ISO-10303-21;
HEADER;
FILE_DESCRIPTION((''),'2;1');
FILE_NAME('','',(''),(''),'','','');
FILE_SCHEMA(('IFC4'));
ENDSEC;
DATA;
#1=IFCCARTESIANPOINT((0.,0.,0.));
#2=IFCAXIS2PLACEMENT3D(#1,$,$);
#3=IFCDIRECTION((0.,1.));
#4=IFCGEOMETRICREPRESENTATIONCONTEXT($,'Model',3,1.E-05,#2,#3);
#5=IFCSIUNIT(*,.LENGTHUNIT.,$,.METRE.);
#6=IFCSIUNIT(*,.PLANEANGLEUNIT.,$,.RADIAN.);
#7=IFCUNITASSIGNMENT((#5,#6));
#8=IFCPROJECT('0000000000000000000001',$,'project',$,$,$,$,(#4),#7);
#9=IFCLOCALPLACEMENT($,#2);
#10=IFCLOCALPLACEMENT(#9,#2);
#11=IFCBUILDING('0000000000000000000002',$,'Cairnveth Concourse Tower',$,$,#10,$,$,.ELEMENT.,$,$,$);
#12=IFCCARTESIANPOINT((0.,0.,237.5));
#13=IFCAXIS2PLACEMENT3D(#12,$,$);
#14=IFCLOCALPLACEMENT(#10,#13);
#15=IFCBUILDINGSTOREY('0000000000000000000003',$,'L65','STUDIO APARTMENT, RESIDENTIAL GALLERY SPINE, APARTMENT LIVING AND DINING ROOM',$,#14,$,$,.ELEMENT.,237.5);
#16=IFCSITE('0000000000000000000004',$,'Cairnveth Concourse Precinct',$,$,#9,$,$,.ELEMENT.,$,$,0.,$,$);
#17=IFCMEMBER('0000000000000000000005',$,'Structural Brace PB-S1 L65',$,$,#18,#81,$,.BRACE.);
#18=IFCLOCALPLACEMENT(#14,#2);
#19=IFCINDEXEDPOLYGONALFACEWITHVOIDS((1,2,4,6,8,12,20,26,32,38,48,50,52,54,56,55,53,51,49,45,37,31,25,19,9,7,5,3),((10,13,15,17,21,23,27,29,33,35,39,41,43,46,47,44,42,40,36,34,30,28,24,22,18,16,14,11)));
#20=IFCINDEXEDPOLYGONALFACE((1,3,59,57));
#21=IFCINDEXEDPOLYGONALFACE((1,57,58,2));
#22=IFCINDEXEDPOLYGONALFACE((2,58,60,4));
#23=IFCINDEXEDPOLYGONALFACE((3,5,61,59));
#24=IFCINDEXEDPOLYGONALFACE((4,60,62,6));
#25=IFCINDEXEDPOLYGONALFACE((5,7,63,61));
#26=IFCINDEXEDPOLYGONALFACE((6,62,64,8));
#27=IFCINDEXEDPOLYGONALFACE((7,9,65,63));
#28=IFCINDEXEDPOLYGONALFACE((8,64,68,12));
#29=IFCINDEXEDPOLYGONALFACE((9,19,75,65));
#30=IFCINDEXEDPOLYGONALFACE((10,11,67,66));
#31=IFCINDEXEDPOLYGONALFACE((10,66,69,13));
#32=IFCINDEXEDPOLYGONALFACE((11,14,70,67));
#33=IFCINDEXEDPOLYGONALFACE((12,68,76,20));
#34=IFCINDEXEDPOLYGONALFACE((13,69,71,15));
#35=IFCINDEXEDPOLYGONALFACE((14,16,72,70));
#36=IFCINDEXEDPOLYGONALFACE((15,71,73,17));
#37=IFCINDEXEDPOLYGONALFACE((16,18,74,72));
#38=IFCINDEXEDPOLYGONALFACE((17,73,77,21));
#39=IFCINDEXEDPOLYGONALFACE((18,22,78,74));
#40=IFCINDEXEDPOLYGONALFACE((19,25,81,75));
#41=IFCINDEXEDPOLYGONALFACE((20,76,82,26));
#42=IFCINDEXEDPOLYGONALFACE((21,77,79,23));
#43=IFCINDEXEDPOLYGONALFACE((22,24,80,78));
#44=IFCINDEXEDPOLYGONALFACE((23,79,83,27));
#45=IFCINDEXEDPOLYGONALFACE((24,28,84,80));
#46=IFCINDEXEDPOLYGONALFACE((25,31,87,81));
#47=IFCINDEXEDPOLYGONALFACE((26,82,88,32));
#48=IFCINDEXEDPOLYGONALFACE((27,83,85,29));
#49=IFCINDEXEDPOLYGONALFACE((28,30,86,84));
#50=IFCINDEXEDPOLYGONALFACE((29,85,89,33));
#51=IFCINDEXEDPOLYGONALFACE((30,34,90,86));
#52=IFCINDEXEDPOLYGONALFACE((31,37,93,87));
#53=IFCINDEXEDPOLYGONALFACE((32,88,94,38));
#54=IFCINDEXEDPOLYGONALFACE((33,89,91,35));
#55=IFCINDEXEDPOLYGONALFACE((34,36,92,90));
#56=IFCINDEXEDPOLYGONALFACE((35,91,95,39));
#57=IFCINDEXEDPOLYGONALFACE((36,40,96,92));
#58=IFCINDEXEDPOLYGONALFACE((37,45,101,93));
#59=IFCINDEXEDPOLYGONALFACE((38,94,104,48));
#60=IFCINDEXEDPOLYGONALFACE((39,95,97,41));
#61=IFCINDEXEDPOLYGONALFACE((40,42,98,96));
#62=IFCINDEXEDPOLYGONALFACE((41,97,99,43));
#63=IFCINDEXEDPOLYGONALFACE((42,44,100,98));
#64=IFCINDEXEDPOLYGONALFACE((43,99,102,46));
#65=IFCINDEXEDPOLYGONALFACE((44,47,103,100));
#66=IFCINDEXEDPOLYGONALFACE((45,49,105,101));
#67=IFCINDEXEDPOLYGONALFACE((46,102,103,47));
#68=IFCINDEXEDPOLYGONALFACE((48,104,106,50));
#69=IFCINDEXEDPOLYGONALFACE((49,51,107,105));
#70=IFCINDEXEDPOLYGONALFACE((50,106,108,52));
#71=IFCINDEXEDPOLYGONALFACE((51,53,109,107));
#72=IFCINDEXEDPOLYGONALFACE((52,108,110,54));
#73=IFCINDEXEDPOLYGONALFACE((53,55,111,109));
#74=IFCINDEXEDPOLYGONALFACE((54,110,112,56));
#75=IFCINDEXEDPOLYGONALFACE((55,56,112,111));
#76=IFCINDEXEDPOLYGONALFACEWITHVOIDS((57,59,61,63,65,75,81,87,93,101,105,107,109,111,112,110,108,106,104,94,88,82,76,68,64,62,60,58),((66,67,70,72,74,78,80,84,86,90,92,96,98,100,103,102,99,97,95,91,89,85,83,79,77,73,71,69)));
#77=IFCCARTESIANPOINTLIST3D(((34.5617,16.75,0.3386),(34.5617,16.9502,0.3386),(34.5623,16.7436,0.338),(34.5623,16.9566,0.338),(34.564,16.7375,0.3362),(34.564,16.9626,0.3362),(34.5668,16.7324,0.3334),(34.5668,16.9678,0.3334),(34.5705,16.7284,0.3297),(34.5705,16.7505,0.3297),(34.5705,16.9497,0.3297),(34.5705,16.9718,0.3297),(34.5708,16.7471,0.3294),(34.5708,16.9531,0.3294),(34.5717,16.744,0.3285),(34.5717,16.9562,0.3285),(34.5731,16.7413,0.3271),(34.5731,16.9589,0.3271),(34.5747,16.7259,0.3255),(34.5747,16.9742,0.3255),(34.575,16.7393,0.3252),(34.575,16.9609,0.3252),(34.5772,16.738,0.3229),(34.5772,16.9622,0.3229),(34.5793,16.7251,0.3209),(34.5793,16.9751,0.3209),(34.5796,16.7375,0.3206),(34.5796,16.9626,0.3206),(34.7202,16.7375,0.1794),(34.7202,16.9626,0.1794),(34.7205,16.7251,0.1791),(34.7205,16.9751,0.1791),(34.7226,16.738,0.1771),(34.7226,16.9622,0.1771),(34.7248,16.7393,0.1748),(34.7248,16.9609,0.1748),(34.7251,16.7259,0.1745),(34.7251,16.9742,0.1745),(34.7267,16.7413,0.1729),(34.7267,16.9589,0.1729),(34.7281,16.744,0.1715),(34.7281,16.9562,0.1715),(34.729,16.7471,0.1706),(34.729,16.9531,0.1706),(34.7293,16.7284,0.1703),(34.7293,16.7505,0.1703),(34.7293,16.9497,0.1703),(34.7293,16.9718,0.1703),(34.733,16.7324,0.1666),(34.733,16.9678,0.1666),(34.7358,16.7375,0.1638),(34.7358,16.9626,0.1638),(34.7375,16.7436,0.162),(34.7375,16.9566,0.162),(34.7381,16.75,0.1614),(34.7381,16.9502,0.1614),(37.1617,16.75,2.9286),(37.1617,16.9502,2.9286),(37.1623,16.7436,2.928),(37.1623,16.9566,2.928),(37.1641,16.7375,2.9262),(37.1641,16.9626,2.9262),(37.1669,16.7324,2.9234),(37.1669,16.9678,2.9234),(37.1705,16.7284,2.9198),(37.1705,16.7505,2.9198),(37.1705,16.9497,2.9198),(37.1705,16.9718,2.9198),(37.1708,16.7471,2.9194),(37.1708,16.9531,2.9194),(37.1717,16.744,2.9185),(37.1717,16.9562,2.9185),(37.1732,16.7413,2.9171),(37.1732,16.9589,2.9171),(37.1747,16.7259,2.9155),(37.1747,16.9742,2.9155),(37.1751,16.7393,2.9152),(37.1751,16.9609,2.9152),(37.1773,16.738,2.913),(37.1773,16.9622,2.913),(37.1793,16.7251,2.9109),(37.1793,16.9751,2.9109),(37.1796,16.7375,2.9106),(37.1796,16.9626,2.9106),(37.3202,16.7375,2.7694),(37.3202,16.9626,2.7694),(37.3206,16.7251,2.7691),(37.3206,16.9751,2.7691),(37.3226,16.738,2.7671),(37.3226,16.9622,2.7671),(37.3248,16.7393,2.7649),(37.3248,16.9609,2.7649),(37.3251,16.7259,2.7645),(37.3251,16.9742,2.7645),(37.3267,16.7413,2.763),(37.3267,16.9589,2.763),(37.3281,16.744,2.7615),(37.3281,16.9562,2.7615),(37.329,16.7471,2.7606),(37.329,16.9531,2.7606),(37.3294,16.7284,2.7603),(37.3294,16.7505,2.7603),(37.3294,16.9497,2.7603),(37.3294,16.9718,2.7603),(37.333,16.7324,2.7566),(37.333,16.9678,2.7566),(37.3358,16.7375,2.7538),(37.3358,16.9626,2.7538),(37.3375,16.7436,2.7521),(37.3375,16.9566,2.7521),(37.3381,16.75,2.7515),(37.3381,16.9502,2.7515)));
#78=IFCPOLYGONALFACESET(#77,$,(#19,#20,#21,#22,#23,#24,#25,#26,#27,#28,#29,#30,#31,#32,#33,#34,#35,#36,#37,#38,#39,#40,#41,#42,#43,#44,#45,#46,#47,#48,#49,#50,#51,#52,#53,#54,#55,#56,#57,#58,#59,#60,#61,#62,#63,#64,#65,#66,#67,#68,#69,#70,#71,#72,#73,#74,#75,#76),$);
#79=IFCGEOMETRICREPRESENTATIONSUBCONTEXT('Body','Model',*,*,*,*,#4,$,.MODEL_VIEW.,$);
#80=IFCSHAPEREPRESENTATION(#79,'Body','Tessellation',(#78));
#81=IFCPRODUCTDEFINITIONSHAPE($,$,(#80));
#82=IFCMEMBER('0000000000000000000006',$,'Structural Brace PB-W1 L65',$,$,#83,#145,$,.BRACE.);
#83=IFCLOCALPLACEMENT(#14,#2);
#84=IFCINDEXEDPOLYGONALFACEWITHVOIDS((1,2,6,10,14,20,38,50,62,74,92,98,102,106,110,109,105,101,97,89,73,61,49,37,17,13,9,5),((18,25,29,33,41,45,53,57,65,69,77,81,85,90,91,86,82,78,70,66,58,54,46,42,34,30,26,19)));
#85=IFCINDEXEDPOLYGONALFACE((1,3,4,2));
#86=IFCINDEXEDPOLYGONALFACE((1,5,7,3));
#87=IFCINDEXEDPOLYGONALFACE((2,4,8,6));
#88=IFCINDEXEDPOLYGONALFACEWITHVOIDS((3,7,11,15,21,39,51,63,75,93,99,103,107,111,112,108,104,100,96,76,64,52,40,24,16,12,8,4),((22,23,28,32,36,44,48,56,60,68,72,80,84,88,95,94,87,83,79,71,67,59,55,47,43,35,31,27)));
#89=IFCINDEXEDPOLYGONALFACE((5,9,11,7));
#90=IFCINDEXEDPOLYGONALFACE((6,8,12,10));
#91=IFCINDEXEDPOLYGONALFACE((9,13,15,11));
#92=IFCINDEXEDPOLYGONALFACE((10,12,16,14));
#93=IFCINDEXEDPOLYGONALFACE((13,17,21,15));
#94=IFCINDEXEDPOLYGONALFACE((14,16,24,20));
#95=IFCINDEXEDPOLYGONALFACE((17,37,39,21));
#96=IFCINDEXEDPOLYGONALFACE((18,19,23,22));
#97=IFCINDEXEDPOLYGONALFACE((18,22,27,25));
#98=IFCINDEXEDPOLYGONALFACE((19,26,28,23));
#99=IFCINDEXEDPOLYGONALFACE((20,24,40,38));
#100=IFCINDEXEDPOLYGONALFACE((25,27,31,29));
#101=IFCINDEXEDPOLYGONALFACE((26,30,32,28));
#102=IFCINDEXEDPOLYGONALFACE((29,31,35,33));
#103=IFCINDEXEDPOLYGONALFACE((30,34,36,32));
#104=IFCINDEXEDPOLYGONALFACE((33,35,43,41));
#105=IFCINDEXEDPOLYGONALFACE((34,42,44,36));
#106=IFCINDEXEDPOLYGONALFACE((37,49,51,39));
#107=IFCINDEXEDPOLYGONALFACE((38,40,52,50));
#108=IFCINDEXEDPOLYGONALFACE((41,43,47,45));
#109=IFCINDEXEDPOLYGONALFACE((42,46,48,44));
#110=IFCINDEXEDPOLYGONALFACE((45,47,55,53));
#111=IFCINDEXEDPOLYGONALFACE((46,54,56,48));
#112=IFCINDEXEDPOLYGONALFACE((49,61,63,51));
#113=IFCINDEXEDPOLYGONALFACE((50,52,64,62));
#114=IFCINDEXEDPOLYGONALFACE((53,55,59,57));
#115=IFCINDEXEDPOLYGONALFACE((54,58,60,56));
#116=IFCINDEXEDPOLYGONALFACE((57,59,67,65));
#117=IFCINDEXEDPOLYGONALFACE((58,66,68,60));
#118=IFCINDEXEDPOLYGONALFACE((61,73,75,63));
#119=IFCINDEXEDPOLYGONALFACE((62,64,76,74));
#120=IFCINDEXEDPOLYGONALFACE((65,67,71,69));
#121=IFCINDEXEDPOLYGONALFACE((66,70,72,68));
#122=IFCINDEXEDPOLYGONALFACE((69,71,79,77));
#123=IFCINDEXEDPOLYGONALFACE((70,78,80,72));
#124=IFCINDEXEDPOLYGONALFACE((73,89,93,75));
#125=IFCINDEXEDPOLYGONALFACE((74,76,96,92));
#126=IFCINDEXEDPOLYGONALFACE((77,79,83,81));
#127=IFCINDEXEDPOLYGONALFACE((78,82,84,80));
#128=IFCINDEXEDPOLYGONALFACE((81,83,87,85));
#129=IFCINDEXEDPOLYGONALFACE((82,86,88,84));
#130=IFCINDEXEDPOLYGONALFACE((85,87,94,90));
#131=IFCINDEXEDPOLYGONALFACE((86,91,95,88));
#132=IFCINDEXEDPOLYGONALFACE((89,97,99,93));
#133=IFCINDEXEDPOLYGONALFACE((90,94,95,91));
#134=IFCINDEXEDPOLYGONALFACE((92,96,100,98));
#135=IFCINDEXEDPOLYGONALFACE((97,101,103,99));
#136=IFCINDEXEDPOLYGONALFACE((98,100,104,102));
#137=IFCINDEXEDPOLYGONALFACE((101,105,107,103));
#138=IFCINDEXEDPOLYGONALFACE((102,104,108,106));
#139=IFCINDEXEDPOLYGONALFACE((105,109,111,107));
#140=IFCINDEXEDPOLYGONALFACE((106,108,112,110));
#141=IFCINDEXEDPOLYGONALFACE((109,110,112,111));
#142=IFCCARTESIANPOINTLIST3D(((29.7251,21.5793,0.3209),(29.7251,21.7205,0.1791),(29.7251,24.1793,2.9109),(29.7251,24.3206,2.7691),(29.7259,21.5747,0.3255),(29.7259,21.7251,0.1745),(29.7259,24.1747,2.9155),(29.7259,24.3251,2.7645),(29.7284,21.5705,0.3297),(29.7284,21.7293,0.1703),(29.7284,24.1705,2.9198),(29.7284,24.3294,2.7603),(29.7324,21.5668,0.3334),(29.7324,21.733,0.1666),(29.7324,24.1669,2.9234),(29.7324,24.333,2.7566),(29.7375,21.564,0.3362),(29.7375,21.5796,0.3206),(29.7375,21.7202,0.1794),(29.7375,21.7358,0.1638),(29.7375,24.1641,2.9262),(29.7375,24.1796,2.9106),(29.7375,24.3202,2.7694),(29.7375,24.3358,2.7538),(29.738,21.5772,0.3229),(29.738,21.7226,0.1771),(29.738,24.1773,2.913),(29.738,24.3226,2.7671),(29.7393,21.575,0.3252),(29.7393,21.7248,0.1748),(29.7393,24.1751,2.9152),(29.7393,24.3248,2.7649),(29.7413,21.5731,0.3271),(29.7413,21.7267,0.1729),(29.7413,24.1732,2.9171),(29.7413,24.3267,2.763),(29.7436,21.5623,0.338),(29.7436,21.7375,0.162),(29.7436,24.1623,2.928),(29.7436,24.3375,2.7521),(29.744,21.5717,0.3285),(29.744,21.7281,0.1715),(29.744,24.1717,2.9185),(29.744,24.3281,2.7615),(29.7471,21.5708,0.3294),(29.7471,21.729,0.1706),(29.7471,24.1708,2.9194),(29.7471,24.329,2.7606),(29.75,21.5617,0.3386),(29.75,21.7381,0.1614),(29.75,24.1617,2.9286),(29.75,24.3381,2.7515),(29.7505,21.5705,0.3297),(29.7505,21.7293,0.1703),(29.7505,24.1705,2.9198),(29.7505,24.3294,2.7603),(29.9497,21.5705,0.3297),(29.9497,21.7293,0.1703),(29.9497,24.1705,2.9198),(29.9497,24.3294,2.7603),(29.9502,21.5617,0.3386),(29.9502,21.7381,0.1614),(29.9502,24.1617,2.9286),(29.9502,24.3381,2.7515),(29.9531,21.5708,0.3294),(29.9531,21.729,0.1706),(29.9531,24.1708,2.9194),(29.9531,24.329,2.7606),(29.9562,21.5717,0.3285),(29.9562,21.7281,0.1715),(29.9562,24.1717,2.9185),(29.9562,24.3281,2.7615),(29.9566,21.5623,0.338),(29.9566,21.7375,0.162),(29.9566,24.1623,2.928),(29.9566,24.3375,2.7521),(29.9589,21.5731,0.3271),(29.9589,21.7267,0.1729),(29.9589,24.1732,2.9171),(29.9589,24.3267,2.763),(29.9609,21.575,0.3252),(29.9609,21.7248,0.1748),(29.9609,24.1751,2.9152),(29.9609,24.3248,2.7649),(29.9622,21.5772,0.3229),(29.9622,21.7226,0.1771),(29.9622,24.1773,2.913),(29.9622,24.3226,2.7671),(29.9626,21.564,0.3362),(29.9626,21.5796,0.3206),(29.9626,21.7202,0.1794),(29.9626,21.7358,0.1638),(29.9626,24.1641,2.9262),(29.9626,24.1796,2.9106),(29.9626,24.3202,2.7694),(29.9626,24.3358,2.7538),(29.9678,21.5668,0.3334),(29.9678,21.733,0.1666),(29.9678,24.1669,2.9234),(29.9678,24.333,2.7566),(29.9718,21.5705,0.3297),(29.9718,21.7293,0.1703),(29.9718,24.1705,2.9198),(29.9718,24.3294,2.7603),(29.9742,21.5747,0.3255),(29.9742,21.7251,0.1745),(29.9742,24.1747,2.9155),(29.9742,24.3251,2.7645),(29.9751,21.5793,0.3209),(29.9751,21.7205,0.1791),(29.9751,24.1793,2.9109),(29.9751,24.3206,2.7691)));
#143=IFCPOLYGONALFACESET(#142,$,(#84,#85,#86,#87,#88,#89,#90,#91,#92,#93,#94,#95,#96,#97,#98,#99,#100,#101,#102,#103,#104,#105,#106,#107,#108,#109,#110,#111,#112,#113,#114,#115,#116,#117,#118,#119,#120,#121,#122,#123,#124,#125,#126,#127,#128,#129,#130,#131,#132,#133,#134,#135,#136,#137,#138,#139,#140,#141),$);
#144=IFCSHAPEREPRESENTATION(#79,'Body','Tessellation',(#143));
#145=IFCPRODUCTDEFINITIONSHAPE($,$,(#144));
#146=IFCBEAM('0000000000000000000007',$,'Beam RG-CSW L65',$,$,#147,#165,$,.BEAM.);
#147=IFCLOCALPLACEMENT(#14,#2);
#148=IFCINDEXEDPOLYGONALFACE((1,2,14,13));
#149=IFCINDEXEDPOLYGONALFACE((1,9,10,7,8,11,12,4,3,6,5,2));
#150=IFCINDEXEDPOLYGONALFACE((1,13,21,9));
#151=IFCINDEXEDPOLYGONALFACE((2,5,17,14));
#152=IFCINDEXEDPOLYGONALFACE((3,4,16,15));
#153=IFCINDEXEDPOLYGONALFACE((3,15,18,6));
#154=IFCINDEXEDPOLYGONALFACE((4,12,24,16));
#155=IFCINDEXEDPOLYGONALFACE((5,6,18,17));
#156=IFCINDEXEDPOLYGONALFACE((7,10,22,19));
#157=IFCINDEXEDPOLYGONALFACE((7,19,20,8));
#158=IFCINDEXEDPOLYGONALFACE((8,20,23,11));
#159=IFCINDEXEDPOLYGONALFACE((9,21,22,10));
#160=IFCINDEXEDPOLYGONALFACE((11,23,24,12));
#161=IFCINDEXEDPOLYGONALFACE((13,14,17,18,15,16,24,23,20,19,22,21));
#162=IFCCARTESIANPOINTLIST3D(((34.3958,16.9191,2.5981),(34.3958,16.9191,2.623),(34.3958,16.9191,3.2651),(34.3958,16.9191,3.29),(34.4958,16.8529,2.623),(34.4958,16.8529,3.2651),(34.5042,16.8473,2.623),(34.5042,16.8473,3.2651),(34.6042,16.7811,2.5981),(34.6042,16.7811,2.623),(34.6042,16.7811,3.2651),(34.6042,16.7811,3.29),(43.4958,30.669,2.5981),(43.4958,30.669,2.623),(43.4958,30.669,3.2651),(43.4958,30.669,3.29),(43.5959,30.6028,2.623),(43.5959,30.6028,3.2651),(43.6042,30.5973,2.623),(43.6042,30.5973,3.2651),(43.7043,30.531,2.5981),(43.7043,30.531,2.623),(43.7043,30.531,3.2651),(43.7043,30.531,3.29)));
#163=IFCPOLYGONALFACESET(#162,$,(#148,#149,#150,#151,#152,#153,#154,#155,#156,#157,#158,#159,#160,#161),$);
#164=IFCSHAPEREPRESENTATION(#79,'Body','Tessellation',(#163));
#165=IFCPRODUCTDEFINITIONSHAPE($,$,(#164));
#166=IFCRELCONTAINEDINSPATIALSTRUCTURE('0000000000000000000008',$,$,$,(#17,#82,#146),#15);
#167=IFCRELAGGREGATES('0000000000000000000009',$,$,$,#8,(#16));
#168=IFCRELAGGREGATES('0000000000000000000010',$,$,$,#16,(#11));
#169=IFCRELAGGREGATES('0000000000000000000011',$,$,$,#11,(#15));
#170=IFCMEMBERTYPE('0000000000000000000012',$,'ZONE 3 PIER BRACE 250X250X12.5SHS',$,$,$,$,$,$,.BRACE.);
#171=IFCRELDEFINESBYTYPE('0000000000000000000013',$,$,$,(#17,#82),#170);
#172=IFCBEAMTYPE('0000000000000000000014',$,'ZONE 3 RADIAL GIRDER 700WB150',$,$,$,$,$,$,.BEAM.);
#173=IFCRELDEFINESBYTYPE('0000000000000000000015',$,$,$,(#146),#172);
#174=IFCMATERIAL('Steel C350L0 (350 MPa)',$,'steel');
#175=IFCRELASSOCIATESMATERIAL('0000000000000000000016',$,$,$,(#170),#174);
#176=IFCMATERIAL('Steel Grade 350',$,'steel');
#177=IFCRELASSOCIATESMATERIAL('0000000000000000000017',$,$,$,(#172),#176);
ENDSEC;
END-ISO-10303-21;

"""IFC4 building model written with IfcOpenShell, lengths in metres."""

from ifc_helpers import new_model, si_unit, direction, frame, origin, origin_2d, place, context, subcontext, project, spatial, hollow_rectangle, i_section, extrude, material, material_profile, profile_set, type_object, element, save


model = new_model("IFC4")

# Units and contexts
model_context = context("Model", 3, precision=1e-05, world=origin(), true_north=direction((0.0, 1.0)))
body_context = subcontext(model_context, "Body", "Model", "MODEL_VIEW")
ifc_project = project(units=[si_unit("LENGTHUNIT", "METRE"), si_unit("PLANEANGLEUNIT", "RADIAN")], contexts=[model_context])

# Site, building, storey
site_placement = place(None, origin())
site = spatial("IfcSite", under=ifc_project, at=site_placement, Name="Cairnveth Concourse Precinct", CompositionType="ELEMENT", RefElevation=0.0)
building_placement = place(site_placement, origin())
building = spatial("IfcBuilding", under=site, at=building_placement, Name="Cairnveth Concourse Tower", CompositionType="ELEMENT")
storey_placement = place(building_placement, frame((0.0, 0.0, 237.5)))
storey = spatial("IfcBuildingStorey", under=building, at=storey_placement, Name="L65", Description="STUDIO APARTMENT, RESIDENTIAL GALLERY SPINE, APARTMENT LIVING AND DINING ROOM", CompositionType="ELEMENT", Elevation=237.5)

# Shared definitions
ifc_material_1 = material(Name="Steel Grade 350", Category="steel")

# Members
ifc_material_2 = material(Name="Steel C350L0 (350 MPa)", Category="steel")
ifc_material_profile_1 = material_profile(ifc_material_2, hollow_rectangle(XDim=0.25, YDim=0.25, WallThickness=0.0125, InnerFilletRadius=0.0129, OuterFilletRadius=0.0249, at=origin_2d()), Name="250x250x12.5SHS")
ifc_profile_set_1 = profile_set([ifc_material_profile_1], Name="Steel C350L0 (350 MPa)")
member_type = type_object("IfcMemberType", Name="ZONE 3 PIER BRACE 250X250X12.5SHS", PredefinedType="BRACE", material=ifc_profile_set_1)
for number, where, z_axis, x_axis, name in (
    (1, (34.6499, 16.8501, 0.25), (0.708469, 0.0, 0.705742), (0.0, 1.0, 0.0), "Structural Brace PB-S1 L65"),
    (2, (29.8501, 21.6499, 0.25), (0.0, 0.708469, 0.705742), (-1.0, 0.0, 0.0), "Structural Brace PB-W1 L65"),
):
    element("IfcMember", number, at=place(storey_placement, frame(where, z_axis=z_axis, x_axis=x_axis)), inside=storey, type_object=member_type, Name=name, PredefinedType="BRACE", context=body_context, shape_type="SweptSolid", body=[
        extrude(hollow_rectangle(XDim=0.25, YDim=0.25, WallThickness=0.0125, InnerFilletRadius=0.0129, OuterFilletRadius=0.0249, at=origin_2d()), origin(), (0.0, 0.0, 1.0), 3.6699),
    ])

# Beam
ifc_material_profile_2 = material_profile(ifc_material_1, i_section(OverallWidth=0.25, OverallDepth=0.6919, WebThickness=0.01, FlangeThickness=0.0249, at=origin_2d()), Name="700WB150")
ifc_profile_set_2 = profile_set([ifc_material_profile_2], Name="Steel Grade 350")
beam_type_1 = type_object("IfcBeamType", Name="ZONE 3 RADIAL GIRDER 700WB150", PredefinedType="BEAM", material=ifc_profile_set_2)
beam_1_placement = place(storey_placement, frame((34.5, 16.8501, 2.9441), z_axis=(0.551902, 0.833909, 0.0), x_axis=(-0.833909, 0.551902, 0.0)))
element("IfcBeam", 3, at=beam_1_placement, inside=storey, type_object=beam_type_1, Name="Beam RG-CSW L65", PredefinedType="BEAM", context=body_context, shape_type="SweptSolid", body=[
    extrude(i_section(OverallWidth=0.25, OverallDepth=0.6919, WebThickness=0.01, FlangeThickness=0.0249, at=origin_2d()), origin(), (0.0, 0.0, 1.0), 16.4885),
])

save(model, "model.ifc")
